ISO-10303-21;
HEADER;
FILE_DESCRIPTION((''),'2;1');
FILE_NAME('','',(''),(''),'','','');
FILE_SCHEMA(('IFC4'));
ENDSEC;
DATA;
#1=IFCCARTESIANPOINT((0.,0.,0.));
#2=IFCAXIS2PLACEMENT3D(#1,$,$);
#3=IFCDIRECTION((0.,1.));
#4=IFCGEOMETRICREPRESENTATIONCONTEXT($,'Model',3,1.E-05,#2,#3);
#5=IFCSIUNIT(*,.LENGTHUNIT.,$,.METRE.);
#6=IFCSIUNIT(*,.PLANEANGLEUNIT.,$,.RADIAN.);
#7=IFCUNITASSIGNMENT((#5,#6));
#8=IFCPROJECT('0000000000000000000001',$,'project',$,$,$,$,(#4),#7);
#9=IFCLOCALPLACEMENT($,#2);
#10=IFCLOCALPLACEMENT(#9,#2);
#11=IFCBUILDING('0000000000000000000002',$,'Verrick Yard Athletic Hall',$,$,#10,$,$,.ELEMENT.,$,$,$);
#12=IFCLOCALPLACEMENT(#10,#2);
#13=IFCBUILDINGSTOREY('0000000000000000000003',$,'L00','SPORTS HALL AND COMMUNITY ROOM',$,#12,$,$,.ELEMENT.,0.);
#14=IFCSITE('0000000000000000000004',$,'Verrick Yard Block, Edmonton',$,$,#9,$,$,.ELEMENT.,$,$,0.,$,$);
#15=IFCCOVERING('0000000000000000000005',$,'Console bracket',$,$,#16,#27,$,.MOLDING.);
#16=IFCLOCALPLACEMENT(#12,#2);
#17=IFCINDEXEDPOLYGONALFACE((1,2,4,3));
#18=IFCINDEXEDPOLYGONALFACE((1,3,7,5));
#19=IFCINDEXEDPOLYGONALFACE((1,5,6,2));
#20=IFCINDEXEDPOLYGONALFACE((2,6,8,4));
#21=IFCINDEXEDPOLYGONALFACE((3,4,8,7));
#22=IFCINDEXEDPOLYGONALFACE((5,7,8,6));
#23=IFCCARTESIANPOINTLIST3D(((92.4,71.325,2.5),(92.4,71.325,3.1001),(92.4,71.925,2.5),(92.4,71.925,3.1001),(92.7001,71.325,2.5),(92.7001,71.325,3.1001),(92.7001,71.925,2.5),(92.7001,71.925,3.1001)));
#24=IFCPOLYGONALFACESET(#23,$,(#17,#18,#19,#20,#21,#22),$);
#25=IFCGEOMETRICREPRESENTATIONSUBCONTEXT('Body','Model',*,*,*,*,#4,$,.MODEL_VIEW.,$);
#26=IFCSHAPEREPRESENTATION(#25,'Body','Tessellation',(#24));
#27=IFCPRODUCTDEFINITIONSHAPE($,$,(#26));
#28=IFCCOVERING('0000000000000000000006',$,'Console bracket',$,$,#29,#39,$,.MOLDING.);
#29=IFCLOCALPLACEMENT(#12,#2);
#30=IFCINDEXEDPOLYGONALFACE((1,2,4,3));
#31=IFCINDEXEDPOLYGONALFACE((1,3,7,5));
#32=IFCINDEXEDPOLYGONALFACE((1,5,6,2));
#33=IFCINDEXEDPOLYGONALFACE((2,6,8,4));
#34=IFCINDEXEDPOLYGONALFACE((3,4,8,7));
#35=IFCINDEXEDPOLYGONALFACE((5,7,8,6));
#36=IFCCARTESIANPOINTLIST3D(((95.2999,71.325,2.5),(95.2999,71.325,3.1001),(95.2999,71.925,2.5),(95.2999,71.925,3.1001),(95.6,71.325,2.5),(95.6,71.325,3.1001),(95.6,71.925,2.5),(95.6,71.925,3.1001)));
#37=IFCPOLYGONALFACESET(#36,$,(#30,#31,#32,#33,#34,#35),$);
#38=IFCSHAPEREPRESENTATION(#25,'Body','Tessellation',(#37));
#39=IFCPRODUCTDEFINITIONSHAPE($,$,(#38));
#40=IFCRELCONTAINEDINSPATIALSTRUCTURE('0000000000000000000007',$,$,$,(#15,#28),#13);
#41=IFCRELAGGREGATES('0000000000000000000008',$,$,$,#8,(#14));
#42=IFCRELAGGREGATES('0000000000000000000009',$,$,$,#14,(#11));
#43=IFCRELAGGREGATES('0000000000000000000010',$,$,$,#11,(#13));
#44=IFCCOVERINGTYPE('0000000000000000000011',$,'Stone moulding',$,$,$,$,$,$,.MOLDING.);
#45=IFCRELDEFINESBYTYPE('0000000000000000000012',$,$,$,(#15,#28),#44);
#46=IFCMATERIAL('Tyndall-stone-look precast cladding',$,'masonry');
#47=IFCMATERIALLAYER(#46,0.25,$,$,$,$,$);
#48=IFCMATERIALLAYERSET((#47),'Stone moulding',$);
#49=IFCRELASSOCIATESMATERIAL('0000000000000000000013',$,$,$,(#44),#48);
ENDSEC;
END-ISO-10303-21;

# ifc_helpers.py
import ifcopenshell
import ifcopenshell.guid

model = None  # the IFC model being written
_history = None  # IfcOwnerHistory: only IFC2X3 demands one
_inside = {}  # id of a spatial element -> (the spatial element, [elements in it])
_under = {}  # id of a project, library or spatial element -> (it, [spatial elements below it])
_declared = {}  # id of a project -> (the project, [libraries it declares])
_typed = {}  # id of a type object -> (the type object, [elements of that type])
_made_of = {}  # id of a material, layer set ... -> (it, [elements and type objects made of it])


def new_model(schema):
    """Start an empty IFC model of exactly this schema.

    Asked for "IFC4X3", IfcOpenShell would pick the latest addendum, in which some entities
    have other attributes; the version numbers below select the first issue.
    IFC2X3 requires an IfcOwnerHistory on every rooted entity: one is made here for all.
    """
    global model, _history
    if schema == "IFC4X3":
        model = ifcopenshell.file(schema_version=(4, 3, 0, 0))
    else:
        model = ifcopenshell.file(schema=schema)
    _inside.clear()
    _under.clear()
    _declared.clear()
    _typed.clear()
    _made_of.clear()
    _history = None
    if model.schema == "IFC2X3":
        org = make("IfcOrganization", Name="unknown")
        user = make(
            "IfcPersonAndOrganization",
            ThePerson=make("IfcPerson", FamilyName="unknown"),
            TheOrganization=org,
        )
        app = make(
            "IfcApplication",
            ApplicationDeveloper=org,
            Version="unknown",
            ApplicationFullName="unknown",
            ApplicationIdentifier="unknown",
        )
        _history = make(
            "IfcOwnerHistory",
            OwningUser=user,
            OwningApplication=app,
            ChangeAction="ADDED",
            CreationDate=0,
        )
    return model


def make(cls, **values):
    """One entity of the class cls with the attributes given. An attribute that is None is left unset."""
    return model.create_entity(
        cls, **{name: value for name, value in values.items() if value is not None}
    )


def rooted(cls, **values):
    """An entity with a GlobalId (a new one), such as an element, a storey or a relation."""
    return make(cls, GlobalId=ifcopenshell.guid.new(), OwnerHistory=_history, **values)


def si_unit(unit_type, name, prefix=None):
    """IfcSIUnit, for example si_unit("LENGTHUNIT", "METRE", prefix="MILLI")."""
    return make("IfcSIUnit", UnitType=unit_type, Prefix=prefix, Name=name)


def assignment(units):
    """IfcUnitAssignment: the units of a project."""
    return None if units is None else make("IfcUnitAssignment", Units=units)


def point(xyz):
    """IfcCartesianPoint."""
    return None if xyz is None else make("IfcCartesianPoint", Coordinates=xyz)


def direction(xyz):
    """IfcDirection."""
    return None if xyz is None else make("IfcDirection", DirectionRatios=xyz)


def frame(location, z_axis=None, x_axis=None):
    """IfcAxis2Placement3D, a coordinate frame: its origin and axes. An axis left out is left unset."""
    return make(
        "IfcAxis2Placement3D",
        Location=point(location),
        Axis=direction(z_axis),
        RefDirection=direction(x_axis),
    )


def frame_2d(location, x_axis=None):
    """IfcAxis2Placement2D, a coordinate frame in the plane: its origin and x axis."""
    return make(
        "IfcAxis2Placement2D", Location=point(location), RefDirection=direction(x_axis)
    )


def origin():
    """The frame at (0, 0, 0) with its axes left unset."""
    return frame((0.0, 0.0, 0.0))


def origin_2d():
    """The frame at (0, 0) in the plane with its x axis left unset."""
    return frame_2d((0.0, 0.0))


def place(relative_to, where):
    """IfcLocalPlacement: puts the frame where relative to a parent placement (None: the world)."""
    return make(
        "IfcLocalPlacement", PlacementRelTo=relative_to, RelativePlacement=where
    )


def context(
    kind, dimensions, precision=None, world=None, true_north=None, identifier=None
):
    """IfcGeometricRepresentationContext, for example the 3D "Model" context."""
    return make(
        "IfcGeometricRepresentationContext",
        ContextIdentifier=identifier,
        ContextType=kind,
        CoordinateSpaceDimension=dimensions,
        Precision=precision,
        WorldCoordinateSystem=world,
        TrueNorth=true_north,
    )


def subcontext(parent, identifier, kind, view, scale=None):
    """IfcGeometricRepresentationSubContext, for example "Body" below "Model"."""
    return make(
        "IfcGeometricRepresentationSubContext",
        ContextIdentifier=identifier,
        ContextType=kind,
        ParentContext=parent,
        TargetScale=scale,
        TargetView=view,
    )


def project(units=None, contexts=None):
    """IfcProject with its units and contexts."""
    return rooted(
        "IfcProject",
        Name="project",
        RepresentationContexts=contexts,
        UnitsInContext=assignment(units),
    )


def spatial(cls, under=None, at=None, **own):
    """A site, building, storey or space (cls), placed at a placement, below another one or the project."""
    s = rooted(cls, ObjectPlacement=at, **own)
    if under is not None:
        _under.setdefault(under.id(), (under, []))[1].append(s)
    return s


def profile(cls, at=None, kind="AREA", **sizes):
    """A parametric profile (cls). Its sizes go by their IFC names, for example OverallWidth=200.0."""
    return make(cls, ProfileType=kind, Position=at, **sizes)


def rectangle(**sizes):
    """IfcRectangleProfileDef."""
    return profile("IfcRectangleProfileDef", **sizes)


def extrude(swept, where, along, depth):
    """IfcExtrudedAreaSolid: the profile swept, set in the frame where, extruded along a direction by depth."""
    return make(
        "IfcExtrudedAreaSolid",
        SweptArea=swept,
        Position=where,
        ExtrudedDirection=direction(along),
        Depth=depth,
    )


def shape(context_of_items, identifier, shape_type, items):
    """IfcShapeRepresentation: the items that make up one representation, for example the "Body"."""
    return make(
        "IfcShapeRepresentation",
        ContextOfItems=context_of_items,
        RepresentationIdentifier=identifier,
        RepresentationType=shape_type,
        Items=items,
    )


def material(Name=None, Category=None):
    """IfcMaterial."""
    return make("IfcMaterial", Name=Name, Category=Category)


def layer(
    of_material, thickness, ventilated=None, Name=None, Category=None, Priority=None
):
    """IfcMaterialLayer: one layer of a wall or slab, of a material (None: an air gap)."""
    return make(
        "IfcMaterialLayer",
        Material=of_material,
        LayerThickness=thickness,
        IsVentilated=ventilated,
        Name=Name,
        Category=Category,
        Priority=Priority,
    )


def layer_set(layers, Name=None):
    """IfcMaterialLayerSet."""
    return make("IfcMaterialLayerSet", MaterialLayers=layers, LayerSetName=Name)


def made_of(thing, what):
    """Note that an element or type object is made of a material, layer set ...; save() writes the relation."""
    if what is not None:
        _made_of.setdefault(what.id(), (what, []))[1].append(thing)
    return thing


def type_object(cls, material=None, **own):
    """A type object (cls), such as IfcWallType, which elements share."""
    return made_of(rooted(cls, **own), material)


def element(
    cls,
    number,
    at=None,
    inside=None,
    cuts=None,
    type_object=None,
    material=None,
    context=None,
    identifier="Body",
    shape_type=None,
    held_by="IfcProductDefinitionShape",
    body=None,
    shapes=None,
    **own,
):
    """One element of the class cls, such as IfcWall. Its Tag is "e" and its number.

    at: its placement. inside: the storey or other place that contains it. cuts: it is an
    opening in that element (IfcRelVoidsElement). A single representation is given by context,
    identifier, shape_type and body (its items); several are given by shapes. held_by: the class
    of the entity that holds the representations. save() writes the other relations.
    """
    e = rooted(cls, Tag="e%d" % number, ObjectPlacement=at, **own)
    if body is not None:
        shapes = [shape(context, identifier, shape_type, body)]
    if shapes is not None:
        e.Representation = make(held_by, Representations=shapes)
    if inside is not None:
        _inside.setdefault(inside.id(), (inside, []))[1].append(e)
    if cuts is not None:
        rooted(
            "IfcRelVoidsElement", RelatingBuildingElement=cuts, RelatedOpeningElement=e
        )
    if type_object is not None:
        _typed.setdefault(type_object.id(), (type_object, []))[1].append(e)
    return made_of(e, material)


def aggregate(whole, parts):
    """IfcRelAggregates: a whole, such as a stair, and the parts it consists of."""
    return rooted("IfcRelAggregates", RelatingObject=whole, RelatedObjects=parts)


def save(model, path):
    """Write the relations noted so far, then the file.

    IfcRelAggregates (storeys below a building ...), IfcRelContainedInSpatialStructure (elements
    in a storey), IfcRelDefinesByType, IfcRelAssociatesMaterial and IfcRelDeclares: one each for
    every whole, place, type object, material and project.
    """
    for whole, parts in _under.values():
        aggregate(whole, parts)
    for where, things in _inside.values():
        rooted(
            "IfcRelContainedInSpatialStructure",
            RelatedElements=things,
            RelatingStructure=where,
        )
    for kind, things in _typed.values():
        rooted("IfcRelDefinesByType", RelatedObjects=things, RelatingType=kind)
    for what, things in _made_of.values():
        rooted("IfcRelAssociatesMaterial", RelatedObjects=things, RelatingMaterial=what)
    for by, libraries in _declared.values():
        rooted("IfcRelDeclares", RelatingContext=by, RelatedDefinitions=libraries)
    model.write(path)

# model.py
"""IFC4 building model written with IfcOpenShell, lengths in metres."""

from ifc_helpers import new_model, si_unit, direction, frame, origin, origin_2d, place, context, subcontext, project, spatial, rectangle, extrude, material, layer, layer_set, type_object, element, save


model = new_model("IFC4")

# Units and contexts
model_context = context("Model", 3, precision=1e-05, world=origin(), true_north=direction((0.0, 1.0)))
body_context = subcontext(model_context, "Body", "Model", "MODEL_VIEW")
ifc_project = project(units=[si_unit("LENGTHUNIT", "METRE"), si_unit("PLANEANGLEUNIT", "RADIAN")], contexts=[model_context])

# Site, building, storey
site_placement = place(None, origin())
site = spatial("IfcSite", under=ifc_project, at=site_placement, Name="Verrick Yard Block, Edmonton", CompositionType="ELEMENT", RefElevation=0.0)
building_placement = place(site_placement, origin())
building = spatial("IfcBuilding", under=site, at=building_placement, Name="Verrick Yard Athletic Hall", CompositionType="ELEMENT")
storey_placement = place(building_placement, origin())
storey = spatial("IfcBuildingStorey", under=building, at=storey_placement, Name="L00", Description="SPORTS HALL AND COMMUNITY ROOM", CompositionType="ELEMENT", Elevation=0.0)

# Coverings
ifc_material_1 = material(Name="Tyndall-stone-look precast cladding", Category="masonry")
ifc_layer_1 = layer(ifc_material_1, 0.25)
ifc_layer_set_1 = layer_set([ifc_layer_1], Name="Stone moulding")
covering_type_1 = type_object("IfcCoveringType", Name="Stone moulding", PredefinedType="MOLDING", material=ifc_layer_set_1)
for number, where, z_axis, x_axis, name in (
    (1, (92.55, 71.625, 2.5), (0.0, 0.0, 1.0), (1.0, 0.0, 0.0), "Console bracket"),
    (2, (95.45, 71.625, 2.5), (0.0, 0.0, 1.0), (1.0, 0.0, 0.0), "Console bracket"),
):
    element("IfcCovering", number, at=place(storey_placement, frame(where, z_axis=z_axis, x_axis=x_axis)), inside=storey, type_object=covering_type_1, Name=name, PredefinedType="MOLDING", context=body_context, shape_type="SweptSolid", body=[
        extrude(rectangle(XDim=0.3, YDim=0.6001, at=origin_2d()), origin(), (0.0, 0.0, 1.0), 0.6001),
    ])

save(model, "model.ifc")
